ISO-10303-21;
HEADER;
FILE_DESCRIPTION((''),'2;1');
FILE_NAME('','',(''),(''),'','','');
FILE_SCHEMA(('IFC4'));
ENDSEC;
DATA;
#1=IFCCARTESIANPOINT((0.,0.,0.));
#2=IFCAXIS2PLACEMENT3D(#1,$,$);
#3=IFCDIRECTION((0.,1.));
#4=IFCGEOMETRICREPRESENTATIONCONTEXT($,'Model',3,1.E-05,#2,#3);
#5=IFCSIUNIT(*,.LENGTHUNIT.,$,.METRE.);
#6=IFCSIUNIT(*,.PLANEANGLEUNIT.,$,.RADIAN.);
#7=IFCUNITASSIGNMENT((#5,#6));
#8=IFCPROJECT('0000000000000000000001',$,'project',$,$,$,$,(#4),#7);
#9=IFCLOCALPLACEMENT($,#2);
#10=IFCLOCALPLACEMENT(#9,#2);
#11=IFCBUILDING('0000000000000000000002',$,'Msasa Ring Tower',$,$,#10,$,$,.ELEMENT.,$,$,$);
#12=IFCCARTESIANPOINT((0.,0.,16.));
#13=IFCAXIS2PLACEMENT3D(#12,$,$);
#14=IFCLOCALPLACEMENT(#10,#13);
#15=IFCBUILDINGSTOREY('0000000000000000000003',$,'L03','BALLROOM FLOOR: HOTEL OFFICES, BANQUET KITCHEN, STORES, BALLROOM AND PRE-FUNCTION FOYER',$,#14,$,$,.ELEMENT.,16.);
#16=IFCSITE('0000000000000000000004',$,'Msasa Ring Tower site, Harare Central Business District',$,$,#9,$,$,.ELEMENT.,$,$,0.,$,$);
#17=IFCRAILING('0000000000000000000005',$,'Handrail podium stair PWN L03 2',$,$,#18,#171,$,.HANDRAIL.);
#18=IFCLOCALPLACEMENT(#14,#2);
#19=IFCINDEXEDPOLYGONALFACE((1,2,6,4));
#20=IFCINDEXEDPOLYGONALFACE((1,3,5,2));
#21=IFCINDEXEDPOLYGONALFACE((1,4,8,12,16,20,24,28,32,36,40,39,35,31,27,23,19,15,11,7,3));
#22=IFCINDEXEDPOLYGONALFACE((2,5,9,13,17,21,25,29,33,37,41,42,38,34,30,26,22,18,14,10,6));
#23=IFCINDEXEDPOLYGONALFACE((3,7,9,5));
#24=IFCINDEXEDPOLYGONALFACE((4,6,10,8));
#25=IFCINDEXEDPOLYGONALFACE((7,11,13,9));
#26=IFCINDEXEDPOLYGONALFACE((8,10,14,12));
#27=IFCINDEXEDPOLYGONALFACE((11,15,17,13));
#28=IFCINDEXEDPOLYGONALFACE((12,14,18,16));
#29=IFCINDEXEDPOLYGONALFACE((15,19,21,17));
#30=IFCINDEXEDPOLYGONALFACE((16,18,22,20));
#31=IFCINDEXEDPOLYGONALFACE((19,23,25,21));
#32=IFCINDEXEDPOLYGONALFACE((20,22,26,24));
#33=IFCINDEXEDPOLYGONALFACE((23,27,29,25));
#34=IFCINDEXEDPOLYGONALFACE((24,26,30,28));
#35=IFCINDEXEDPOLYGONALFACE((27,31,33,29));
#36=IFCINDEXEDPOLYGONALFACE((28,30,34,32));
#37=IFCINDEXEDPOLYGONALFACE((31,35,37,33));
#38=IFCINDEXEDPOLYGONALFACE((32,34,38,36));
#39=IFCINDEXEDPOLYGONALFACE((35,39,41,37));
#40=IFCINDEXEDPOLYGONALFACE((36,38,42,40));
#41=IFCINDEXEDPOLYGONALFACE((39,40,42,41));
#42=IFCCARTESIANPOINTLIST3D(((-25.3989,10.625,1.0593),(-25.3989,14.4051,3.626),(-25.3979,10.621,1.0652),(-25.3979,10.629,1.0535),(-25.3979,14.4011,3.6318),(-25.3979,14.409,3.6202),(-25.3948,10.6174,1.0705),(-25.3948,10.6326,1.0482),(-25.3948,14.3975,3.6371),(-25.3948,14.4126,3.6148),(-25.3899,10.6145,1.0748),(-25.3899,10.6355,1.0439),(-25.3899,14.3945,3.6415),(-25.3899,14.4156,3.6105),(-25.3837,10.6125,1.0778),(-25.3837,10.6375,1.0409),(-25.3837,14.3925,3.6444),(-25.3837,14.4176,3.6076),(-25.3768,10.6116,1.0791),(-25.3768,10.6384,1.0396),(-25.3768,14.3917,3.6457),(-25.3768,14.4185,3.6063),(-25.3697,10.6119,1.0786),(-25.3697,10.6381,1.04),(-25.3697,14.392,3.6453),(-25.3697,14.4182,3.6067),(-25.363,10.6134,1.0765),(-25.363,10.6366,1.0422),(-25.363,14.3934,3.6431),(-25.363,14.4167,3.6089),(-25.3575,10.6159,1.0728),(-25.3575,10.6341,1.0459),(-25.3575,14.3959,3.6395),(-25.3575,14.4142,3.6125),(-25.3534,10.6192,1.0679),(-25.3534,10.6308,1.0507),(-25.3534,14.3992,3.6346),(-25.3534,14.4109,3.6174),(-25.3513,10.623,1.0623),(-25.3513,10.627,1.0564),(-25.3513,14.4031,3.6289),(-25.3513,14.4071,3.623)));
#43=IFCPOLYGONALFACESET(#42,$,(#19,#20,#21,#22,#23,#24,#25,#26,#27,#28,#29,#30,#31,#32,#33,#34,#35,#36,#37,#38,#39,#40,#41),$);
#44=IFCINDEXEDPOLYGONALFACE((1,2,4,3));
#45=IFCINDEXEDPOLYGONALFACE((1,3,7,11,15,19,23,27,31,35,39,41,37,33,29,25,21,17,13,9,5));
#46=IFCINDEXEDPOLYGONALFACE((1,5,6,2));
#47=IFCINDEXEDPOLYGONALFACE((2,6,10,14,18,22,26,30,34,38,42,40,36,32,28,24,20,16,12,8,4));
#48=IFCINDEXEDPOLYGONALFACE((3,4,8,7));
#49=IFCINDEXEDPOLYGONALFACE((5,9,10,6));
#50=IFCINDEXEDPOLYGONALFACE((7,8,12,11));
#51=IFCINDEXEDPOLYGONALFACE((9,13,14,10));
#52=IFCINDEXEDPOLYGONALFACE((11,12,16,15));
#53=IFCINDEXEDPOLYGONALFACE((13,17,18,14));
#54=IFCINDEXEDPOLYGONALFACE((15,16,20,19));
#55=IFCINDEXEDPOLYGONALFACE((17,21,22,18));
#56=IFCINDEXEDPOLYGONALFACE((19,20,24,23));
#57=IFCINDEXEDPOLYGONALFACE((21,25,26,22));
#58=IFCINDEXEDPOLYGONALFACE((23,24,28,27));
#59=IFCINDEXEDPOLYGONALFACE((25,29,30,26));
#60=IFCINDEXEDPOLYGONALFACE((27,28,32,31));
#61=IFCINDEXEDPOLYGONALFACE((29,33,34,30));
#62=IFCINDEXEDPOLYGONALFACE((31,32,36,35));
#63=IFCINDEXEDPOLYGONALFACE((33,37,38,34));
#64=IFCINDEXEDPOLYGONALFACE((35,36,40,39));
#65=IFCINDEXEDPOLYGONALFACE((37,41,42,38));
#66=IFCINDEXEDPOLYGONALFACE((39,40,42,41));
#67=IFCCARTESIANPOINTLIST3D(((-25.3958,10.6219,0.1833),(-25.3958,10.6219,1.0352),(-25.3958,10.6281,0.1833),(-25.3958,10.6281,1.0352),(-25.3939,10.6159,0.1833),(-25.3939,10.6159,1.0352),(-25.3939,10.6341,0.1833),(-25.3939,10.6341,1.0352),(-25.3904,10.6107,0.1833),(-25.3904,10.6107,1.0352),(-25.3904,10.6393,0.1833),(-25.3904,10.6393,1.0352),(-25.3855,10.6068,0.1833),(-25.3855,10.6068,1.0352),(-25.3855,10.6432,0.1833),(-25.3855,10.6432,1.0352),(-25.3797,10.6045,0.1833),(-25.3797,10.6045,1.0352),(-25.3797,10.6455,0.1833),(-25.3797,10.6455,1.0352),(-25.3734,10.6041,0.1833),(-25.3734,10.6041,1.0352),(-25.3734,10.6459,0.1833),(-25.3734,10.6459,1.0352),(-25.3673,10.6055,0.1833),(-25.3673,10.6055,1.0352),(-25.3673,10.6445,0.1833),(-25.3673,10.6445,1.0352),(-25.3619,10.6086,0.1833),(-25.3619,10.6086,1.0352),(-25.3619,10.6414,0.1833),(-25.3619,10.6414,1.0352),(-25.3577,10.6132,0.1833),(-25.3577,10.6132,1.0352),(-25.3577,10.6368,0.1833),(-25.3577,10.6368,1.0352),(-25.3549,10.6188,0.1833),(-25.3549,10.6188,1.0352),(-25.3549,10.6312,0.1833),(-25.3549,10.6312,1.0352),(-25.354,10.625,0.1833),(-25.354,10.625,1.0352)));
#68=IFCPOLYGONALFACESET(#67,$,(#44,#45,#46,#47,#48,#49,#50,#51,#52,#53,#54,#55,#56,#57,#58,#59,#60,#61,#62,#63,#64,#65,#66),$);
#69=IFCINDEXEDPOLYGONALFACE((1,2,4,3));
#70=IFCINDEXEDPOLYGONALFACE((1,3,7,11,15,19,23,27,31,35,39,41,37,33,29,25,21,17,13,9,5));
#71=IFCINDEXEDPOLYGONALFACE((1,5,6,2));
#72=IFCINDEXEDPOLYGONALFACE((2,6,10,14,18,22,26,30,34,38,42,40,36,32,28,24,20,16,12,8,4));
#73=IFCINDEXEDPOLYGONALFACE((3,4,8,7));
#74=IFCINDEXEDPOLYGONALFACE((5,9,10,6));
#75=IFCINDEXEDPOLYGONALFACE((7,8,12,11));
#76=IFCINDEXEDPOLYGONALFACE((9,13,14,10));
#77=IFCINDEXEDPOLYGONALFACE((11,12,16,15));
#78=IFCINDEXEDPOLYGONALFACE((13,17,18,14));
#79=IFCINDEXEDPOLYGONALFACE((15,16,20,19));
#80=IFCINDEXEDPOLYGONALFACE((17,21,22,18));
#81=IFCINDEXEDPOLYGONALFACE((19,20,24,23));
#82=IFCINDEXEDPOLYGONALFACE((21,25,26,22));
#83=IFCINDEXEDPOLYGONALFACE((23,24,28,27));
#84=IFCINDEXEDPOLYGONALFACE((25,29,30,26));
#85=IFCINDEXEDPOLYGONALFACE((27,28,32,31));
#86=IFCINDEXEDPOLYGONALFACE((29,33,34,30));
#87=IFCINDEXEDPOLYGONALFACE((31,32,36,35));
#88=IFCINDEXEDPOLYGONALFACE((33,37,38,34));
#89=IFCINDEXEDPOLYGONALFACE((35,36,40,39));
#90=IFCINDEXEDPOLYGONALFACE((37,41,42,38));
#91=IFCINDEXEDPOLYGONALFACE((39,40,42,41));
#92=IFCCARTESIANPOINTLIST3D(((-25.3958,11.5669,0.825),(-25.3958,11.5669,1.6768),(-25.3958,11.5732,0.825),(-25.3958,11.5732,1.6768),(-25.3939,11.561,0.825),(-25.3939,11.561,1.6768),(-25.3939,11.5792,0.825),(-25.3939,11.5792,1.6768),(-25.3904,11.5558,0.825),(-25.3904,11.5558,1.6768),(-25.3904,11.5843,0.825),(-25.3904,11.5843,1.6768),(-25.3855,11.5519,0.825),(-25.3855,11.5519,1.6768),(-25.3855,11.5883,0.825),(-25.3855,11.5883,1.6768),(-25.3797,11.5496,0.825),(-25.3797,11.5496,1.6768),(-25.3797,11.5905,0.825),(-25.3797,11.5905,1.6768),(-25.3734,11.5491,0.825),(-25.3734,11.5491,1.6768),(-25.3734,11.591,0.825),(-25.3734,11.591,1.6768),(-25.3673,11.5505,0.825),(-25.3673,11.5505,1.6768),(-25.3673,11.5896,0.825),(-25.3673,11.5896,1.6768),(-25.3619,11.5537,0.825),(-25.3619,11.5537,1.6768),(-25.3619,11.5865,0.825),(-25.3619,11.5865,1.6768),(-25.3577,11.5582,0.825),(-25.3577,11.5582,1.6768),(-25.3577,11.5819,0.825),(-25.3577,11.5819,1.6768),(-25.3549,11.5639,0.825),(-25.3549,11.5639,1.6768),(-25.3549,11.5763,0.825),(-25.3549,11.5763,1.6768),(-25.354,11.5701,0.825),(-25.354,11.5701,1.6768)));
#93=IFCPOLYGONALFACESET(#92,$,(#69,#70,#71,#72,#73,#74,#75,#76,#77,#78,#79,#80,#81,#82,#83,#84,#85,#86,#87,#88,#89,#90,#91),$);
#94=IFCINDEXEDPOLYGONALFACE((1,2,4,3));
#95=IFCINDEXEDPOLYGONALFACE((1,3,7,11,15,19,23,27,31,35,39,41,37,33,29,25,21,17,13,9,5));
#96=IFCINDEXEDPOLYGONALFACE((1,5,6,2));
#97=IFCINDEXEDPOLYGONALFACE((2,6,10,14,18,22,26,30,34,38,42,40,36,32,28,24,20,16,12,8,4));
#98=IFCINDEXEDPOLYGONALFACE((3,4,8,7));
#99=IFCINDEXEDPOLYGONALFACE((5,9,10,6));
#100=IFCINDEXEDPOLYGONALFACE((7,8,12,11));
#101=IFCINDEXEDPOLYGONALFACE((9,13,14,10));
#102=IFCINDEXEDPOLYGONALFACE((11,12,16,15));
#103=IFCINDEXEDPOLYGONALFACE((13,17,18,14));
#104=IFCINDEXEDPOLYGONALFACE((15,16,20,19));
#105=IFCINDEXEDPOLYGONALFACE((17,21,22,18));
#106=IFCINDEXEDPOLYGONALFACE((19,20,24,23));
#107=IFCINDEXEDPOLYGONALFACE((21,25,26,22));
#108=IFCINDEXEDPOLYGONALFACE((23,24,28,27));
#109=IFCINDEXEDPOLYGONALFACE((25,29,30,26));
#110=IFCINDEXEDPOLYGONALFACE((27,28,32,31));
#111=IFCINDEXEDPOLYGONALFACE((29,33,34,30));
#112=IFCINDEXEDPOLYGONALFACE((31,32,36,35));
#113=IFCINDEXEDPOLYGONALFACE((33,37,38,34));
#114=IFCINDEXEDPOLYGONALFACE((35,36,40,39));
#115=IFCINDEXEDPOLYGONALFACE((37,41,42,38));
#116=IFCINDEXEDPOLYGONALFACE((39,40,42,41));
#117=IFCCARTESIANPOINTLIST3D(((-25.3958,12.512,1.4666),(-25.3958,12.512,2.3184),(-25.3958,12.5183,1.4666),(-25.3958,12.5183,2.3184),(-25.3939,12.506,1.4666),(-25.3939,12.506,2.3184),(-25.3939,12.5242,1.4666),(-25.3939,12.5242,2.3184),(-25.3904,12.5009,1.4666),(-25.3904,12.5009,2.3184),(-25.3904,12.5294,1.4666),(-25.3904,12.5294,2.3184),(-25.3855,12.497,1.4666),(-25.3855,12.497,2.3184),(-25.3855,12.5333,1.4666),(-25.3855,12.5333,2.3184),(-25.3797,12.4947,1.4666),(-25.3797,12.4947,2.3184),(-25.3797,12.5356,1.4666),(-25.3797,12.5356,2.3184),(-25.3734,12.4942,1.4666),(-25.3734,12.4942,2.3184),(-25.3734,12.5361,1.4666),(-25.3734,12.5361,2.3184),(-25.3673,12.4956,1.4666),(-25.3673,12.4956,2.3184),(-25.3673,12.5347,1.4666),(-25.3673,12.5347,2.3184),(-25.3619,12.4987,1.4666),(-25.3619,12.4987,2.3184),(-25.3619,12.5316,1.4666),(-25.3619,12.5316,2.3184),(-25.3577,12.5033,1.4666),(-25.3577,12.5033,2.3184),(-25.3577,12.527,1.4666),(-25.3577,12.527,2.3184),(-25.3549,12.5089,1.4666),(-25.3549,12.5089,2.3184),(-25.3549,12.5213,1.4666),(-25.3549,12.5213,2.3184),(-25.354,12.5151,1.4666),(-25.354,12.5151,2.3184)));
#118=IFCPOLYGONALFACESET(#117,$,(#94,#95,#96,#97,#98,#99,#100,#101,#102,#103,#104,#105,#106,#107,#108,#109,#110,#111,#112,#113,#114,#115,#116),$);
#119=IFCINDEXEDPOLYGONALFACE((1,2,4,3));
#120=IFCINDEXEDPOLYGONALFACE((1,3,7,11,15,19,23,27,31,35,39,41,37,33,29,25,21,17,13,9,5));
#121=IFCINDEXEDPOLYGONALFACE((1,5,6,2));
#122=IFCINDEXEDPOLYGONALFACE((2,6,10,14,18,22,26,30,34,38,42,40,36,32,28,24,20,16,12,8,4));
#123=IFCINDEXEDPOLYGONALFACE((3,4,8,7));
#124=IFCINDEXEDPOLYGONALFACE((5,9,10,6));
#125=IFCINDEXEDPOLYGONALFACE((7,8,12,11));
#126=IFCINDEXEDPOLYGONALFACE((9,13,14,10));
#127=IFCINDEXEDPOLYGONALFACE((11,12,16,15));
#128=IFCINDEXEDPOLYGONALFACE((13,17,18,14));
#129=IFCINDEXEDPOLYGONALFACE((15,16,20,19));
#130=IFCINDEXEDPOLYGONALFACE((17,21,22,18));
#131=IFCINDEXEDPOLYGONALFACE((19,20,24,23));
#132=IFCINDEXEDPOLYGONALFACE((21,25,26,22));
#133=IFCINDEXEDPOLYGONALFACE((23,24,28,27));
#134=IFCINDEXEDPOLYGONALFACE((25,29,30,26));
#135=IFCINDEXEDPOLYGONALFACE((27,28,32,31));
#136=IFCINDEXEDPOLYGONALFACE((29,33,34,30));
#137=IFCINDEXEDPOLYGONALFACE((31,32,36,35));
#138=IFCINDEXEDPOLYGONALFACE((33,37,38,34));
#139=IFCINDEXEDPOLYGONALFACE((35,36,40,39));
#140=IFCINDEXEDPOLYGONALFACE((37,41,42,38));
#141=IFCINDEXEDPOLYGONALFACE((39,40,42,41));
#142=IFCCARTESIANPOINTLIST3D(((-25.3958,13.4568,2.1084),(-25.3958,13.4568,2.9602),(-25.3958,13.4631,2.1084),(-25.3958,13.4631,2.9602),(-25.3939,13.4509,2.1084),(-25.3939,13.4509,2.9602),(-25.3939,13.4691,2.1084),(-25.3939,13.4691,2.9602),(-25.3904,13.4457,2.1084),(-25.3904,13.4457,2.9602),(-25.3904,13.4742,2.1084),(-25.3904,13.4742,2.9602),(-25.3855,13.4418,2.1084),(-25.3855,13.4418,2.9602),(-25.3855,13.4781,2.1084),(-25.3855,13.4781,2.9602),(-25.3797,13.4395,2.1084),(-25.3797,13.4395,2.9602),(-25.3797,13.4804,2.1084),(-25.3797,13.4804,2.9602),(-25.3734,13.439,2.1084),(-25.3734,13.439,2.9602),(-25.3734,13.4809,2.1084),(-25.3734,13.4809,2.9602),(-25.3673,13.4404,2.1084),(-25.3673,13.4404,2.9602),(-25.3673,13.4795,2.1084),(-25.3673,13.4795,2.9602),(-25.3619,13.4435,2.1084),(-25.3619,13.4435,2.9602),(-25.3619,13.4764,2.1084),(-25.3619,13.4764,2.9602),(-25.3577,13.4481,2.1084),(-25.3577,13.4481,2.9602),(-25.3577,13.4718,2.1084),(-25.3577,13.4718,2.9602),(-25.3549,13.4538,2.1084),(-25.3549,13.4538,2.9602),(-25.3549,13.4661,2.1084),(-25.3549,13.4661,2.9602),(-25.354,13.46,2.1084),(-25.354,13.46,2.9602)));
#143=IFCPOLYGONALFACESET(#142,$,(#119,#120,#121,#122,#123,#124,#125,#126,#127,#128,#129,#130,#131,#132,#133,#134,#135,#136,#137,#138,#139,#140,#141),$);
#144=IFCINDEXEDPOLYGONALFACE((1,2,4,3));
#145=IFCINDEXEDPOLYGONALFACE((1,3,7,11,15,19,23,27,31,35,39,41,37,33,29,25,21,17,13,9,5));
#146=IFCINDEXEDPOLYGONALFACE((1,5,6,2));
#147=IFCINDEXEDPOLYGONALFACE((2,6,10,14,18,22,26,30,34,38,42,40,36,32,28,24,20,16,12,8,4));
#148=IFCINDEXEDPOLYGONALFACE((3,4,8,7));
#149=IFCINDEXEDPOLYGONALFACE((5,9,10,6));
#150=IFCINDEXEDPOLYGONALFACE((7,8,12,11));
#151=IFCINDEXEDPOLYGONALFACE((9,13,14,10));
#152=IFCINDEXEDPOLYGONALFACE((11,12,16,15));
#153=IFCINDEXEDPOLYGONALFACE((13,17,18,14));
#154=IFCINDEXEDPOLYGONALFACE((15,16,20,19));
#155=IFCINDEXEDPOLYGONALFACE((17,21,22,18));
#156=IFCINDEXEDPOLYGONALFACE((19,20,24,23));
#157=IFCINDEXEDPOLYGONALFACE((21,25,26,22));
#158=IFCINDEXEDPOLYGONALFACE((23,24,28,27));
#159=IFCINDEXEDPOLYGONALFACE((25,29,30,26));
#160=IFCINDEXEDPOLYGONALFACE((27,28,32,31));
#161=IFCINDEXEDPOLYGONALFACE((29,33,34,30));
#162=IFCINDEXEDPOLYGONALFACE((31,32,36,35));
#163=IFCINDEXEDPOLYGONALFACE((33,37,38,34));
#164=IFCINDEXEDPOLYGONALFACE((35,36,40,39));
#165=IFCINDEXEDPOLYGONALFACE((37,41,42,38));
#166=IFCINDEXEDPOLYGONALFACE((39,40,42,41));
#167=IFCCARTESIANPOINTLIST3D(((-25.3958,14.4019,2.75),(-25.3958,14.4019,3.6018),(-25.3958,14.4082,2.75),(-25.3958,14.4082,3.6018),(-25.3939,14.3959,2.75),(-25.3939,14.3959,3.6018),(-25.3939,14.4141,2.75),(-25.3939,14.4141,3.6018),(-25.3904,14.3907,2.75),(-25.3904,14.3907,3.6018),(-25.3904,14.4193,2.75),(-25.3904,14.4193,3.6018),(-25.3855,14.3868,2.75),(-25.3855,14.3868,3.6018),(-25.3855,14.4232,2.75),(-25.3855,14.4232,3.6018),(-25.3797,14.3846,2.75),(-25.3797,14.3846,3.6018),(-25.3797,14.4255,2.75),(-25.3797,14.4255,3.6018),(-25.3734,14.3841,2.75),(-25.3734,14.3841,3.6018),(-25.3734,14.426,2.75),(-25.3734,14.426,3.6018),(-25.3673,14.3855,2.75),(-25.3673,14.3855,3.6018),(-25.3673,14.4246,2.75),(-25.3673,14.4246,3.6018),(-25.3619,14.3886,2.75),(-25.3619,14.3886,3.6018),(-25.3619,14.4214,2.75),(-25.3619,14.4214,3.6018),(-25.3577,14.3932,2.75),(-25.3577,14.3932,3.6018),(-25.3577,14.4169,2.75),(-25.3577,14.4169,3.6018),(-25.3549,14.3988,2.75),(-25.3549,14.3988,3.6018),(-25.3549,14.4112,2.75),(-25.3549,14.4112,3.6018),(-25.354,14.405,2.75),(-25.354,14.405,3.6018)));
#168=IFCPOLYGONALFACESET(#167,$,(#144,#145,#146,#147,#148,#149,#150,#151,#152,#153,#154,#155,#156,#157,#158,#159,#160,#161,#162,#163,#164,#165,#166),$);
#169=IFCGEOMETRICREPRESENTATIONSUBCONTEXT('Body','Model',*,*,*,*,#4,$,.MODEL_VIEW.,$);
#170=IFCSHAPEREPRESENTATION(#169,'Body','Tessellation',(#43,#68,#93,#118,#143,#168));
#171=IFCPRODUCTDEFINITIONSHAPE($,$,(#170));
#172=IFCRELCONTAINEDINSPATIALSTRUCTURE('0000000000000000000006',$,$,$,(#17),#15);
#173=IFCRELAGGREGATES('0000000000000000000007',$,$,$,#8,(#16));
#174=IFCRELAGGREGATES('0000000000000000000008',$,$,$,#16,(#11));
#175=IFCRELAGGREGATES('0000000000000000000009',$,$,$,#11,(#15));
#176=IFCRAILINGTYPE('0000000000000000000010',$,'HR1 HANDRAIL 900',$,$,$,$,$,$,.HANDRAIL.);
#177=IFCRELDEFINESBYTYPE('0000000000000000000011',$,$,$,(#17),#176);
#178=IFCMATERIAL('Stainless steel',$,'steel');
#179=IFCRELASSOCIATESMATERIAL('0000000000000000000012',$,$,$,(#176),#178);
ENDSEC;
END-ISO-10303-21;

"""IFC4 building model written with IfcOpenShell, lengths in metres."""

from ifc_helpers import new_model, si_unit, direction, frame, origin, origin_2d, place, context, subcontext, project, spatial, circle, extrude, material, type_object, element, save


model = new_model("IFC4")

# Units and contexts
model_context = context("Model", 3, precision=1e-05, world=origin(), true_north=direction((0.0, 1.0)))
body_context = subcontext(model_context, "Body", "Model", "MODEL_VIEW")
ifc_project = project(units=[si_unit("LENGTHUNIT", "METRE"), si_unit("PLANEANGLEUNIT", "RADIAN")], contexts=[model_context])

# Site, building, storey
site_placement = place(None, origin())
site = spatial("IfcSite", under=ifc_project, at=site_placement, Name="Msasa Ring Tower site, Harare Central Business District", CompositionType="ELEMENT", RefElevation=0.0)
building_placement = place(site_placement, origin())
building = spatial("IfcBuilding", under=site, at=building_placement, Name="Msasa Ring Tower", CompositionType="ELEMENT")
storey_placement = place(building_placement, frame((0.0, 0.0, 16.0)))
storey = spatial("IfcBuildingStorey", under=building, at=storey_placement, Name="L03", Description="BALLROOM FLOOR: HOTEL OFFICES, BANQUET KITCHEN, STORES, BALLROOM AND PRE-FUNCTION FOYER", CompositionType="ELEMENT", Elevation=16.0)

# Railing
ifc_material_1 = material(Name="Stainless steel", Category="steel")
railing_type = type_object("IfcRailingType", Name="HR1 HANDRAIL 900", PredefinedType="HANDRAIL", material=ifc_material_1)
for number, where, name in (
    (1, (-25.375, 10.625, 0.1833), "Handrail podium stair PWN L03 2"),
):
    element("IfcRailing", number, at=place(storey_placement, frame(where)), inside=storey, type_object=railing_type, Name=name, PredefinedType="HANDRAIL", context=body_context, shape_type="SweptSolid", body=[
        extrude(circle(Radius=0.0239, at=origin_2d()), frame((0.0, 0.0, 0.876), z_axis=(0.0, 0.82731, 0.561746), x_axis=(-1.0, 0.0, 0.0)), (0.0, 0.0, 1.0), 4.5691),
        extrude(circle(Radius=0.021, at=origin_2d()), origin(), (0.0, 0.0, 1.0), 0.8518),
        extrude(circle(Radius=0.021, at=origin_2d()), frame((0.0, 0.9451, 0.6416)), (0.0, 0.0, 1.0), 0.8518),
        extrude(circle(Radius=0.021, at=origin_2d()), frame((0.0, 1.8901, 1.2832)), (0.0, 0.0, 1.0), 0.8518),
        extrude(circle(Radius=0.021, at=origin_2d()), frame((0.0, 2.835, 1.925)), (0.0, 0.0, 1.0), 0.8518),
        extrude(circle(Radius=0.021, at=origin_2d()), frame((0.0, 3.78, 2.5667)), (0.0, 0.0, 1.0), 0.8518),
    ])

save(model, "model.ifc")
